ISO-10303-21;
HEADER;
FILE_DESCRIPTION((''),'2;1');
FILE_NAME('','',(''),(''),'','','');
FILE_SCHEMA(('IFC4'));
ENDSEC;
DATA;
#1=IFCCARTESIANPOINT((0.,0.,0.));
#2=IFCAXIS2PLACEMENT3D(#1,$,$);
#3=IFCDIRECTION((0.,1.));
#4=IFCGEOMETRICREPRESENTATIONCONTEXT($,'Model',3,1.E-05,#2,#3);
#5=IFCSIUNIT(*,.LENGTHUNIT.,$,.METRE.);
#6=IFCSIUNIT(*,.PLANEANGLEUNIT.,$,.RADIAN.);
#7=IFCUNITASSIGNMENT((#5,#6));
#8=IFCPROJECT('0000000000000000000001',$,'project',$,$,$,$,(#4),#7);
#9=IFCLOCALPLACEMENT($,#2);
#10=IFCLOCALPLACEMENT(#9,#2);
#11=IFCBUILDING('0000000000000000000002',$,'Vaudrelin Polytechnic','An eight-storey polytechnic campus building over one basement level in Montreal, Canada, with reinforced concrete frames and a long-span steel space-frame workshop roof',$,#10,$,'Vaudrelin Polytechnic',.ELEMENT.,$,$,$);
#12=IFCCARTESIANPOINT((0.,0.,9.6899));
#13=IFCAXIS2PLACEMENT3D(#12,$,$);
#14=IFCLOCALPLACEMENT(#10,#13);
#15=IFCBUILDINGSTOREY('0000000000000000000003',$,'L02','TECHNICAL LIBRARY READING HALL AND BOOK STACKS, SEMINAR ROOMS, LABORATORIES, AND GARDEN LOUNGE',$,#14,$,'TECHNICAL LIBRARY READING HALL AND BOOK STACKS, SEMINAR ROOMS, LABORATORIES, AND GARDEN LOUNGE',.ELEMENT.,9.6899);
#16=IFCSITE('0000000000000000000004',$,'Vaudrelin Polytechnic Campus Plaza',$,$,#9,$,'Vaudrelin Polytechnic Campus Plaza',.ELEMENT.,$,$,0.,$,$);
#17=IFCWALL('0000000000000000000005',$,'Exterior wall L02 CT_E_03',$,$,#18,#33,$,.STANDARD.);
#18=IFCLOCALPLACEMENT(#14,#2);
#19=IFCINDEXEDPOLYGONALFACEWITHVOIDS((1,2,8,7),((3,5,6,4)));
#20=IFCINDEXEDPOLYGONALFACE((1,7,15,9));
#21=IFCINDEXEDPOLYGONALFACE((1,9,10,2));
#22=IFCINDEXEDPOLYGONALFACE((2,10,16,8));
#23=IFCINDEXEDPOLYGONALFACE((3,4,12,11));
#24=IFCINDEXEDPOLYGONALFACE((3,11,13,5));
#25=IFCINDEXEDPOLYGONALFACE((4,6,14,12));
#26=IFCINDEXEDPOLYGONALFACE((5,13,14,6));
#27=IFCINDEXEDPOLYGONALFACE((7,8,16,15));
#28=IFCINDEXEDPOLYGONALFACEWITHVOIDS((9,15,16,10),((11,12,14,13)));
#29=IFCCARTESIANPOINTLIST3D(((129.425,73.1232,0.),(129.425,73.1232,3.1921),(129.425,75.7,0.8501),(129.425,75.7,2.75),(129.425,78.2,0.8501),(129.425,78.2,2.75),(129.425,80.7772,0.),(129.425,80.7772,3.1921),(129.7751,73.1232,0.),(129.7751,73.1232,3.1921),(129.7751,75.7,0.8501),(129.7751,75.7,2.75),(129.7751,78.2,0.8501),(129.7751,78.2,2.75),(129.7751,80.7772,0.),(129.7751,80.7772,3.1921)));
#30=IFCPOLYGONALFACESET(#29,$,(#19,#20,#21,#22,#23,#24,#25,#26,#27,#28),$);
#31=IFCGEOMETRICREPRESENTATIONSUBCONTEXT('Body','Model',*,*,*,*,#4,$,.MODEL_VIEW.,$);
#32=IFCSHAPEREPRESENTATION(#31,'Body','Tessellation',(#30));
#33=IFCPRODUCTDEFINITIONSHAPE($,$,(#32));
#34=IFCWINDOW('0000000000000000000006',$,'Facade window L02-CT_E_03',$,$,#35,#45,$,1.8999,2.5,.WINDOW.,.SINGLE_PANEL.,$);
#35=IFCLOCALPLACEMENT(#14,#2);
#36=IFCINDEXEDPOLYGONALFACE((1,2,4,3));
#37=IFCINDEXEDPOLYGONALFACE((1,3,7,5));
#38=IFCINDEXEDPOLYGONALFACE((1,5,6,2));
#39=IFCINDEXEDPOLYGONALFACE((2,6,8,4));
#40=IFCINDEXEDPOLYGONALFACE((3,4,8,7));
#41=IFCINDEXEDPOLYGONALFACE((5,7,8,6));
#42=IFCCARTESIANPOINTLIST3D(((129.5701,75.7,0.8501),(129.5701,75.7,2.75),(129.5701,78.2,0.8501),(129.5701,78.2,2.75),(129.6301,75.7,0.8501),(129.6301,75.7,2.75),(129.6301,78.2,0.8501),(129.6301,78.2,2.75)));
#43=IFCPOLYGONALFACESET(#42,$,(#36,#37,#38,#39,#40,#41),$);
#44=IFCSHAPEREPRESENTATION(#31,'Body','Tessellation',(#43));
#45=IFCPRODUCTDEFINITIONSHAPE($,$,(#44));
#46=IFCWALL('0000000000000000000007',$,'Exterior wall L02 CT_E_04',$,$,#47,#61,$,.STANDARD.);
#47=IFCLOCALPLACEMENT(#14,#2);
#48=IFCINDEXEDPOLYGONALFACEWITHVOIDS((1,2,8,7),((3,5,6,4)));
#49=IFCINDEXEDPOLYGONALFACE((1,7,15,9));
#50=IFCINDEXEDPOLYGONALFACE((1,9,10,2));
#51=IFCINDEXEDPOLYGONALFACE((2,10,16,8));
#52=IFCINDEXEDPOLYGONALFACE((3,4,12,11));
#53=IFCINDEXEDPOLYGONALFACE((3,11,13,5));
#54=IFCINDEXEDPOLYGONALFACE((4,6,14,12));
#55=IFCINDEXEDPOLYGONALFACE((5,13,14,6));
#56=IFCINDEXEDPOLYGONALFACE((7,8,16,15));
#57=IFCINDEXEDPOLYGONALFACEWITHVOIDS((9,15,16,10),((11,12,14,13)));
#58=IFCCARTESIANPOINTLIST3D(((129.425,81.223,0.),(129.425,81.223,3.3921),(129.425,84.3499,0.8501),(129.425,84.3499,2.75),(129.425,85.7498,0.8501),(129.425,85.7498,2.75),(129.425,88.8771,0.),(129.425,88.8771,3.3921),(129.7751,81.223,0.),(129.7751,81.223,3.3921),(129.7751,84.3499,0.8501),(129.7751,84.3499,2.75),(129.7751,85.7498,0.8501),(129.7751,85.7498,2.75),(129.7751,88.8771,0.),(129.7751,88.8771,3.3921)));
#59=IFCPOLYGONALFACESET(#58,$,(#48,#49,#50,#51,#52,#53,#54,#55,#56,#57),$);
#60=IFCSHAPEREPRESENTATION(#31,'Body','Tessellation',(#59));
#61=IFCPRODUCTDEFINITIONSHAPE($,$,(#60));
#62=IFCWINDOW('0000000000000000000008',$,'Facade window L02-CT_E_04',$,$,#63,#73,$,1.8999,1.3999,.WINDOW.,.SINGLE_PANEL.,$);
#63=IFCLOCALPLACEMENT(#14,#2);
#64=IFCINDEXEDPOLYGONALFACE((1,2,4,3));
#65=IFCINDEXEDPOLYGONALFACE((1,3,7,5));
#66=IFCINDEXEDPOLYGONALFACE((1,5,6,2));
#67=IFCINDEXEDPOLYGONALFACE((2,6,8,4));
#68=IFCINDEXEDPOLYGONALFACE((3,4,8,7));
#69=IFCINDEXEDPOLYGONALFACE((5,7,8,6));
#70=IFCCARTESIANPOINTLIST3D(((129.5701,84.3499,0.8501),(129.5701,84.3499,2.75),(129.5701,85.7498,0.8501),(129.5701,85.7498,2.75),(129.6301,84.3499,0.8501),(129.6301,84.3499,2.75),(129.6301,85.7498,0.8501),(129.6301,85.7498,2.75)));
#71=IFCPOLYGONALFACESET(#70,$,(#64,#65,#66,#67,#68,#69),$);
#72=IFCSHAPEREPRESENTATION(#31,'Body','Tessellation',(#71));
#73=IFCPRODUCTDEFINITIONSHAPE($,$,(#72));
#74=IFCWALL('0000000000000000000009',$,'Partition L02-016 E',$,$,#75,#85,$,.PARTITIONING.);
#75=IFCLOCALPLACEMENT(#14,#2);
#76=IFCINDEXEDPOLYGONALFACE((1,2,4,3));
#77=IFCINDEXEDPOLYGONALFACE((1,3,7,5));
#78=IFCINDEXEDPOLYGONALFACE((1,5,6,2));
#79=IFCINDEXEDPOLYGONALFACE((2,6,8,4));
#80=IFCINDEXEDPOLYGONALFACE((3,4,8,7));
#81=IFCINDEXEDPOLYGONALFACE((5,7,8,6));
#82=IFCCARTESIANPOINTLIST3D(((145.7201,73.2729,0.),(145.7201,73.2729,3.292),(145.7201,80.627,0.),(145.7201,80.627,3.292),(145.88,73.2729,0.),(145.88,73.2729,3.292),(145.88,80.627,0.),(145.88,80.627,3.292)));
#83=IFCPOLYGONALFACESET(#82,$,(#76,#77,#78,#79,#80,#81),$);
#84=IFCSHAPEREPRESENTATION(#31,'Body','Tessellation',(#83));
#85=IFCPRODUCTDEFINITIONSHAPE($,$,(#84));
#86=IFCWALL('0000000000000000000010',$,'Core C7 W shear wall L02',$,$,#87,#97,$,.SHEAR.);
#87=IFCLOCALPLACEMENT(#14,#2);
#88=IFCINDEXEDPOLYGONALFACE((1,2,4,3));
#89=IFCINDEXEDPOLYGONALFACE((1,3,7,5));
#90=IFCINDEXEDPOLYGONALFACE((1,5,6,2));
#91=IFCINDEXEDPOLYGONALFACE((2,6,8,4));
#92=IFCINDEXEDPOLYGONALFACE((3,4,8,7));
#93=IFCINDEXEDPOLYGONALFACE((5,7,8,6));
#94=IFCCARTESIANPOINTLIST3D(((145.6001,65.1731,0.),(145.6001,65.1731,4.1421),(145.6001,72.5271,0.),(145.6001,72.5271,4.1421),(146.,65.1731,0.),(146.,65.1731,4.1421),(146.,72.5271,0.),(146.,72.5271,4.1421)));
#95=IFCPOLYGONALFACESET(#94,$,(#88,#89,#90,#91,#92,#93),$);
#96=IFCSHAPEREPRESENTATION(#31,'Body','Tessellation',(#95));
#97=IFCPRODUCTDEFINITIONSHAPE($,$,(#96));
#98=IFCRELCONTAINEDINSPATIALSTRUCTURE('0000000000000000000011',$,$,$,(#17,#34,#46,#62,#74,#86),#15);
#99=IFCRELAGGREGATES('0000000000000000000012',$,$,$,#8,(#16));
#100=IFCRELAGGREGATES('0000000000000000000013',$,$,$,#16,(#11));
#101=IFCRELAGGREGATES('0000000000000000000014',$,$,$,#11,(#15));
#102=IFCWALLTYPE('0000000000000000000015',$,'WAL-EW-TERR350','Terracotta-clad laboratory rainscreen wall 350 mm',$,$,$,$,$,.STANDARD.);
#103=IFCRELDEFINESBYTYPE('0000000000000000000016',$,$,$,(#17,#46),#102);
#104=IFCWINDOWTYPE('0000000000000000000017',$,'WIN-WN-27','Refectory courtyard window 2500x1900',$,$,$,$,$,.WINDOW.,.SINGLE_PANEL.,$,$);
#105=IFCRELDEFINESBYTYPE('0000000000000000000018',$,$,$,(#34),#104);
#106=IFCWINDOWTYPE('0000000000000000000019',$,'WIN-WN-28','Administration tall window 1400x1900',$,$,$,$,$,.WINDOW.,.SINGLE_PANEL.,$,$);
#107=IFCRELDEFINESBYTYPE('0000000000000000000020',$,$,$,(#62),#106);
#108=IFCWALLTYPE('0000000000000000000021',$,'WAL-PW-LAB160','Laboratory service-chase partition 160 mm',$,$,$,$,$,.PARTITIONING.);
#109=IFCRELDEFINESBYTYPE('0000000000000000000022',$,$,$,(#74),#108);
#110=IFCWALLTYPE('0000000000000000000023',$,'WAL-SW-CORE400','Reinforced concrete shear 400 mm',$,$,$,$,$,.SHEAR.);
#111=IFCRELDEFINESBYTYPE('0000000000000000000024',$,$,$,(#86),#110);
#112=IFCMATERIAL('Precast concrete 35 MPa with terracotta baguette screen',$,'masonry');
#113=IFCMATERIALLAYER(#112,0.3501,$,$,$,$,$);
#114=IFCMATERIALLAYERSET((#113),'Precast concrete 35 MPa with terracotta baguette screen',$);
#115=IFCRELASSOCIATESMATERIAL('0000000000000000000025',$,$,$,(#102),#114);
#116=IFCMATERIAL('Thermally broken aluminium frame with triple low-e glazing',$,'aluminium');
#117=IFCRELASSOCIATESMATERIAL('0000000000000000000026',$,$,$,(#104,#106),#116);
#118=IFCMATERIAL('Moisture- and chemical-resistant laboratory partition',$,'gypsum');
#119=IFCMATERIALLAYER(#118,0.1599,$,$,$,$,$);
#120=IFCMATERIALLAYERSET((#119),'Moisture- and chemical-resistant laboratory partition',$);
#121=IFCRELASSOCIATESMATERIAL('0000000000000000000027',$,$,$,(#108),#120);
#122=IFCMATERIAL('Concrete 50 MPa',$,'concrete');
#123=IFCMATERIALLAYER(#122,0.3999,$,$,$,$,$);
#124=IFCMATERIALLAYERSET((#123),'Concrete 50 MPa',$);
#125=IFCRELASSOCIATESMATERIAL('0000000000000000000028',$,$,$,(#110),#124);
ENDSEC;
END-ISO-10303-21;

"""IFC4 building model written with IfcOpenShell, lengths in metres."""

from ifc_helpers import new_model, si_unit, direction, frame, frame_2d, origin, place, context, subcontext, project, spatial, rectangle, extrude, material, layer, layer_set, type_object, element, fill, save


model = new_model("IFC4")

# Units and contexts
model_context = context("Model", 3, precision=1e-05, world=origin(), true_north=direction((0.0, 1.0)))
body_context = subcontext(model_context, "Body", "Model", "MODEL_VIEW")
ifc_project = project(units=[si_unit("LENGTHUNIT", "METRE"), si_unit("PLANEANGLEUNIT", "RADIAN")], contexts=[model_context])

# Site, building, storey
site_placement = place(None, origin())
site = spatial("IfcSite", under=ifc_project, at=site_placement, Name="Vaudrelin Polytechnic Campus Plaza", LongName="Vaudrelin Polytechnic Campus Plaza", CompositionType="ELEMENT", RefElevation=0.0)
building_placement = place(site_placement, origin())
building = spatial("IfcBuilding", under=site, at=building_placement, Name="Vaudrelin Polytechnic", Description="An eight-storey polytechnic campus building over one basement level in Montreal, Canada, with reinforced concrete frames and a long-span steel space-frame workshop roof", LongName="Vaudrelin Polytechnic", CompositionType="ELEMENT")
storey_placement = place(building_placement, frame((0.0, 0.0, 9.6899)))
storey = spatial("IfcBuildingStorey", under=building, at=storey_placement, Name="L02", Description="TECHNICAL LIBRARY READING HALL AND BOOK STACKS, SEMINAR ROOMS, LABORATORIES, AND GARDEN LOUNGE", LongName="TECHNICAL LIBRARY READING HALL AND BOOK STACKS, SEMINAR ROOMS, LABORATORIES, AND GARDEN LOUNGE", CompositionType="ELEMENT", Elevation=9.6899)

# Shared definitions
ifc_material_1 = material(Name="Concrete 50 MPa", Category="concrete")

# Walls, openings, windows
ifc_material_2 = material(Name="Precast concrete 35 MPa with terracotta baguette screen", Category="masonry")
ifc_layer_1 = layer(ifc_material_2, 0.3501)
ifc_layer_set_1 = layer_set([ifc_layer_1], Name="Precast concrete 35 MPa with terracotta baguette screen")
wall_type_1 = type_object("IfcWallType", Name="WAL-EW-TERR350", Description="Terracotta-clad laboratory rainscreen wall 350 mm", PredefinedType="STANDARD", material=ifc_layer_set_1)
ifc_material_3 = material(Name="Thermally broken aluminium frame with triple low-e glazing", Category="aluminium")
wall_1_placement = place(storey_placement, frame((129.6001, 73.123, 0.0), z_axis=(0.0, 0.0, 1.0), x_axis=(0.0, 1.0, 0.0)))
wall_1 = element("IfcWall", 1, at=wall_1_placement, inside=storey, type_object=wall_type_1, Name="Exterior wall L02 CT_E_03", PredefinedType="STANDARD", context=body_context, shape_type="SweptSolid", body=[
    extrude(rectangle(XDim=7.6541, YDim=0.3501, at=frame_2d((3.8271, 0.0))), origin(), (0.0, 0.0, 1.0), 3.1921),
])
opening_1_placement = place(wall_1_placement, frame((2.5769, 0.0, 0.8501)))
opening_1 = element("IfcOpeningElement", 2, at=opening_1_placement, cuts=wall_1, PredefinedType="OPENING", context=body_context, shape_type="SweptSolid", body=[
    extrude(rectangle(XDim=2.5, YDim=1.8999, at=frame_2d((1.25, 0.95))), frame((0.0, 0.1851, 0.0), z_axis=(0.0, -1.0, 0.0), x_axis=(1.0, 0.0, 0.0)), (0.0, 0.0, 1.0), 0.3701),
])
window_type_1 = type_object("IfcWindowType", Name="WIN-WN-27", Description="Refectory courtyard window 2500x1900", PartitioningType="SINGLE_PANEL", PredefinedType="WINDOW", material=ifc_material_3)
window_1_placement = place(opening_1_placement, origin())
window_1 = element("IfcWindow", 3, at=window_1_placement, inside=storey, type_object=window_type_1, Name="Facade window L02-CT_E_03", OverallHeight=1.8999, OverallWidth=2.5, PartitioningType="SINGLE_PANEL", PredefinedType="WINDOW", context=body_context, shape_type="SweptSolid", body=[
    extrude(rectangle(XDim=2.5, YDim=1.8999, at=frame_2d((1.25, 0.95))), frame((0.0, 0.03, 0.0), z_axis=(0.0, -1.0, 0.0), x_axis=(1.0, 0.0, 0.0)), (0.0, 0.0, 1.0), 0.0601),
])
fill(opening_1, window_1)
wall_2_placement = place(storey_placement, frame((129.6001, 81.2229, 0.0), z_axis=(0.0, 0.0, 1.0), x_axis=(0.0, 1.0, 0.0)))
wall_2 = element("IfcWall", 4, at=wall_2_placement, inside=storey, type_object=wall_type_1, Name="Exterior wall L02 CT_E_04", PredefinedType="STANDARD", context=body_context, shape_type="SweptSolid", body=[
    extrude(rectangle(XDim=7.6541, YDim=0.3501, at=frame_2d((3.8271, 0.0))), origin(), (0.0, 0.0, 1.0), 3.3921),
])
opening_2_placement = place(wall_2_placement, frame((3.127, 0.0, 0.8501)))
opening_2 = element("IfcOpeningElement", 5, at=opening_2_placement, cuts=wall_2, PredefinedType="OPENING", context=body_context, shape_type="SweptSolid", body=[
    extrude(rectangle(XDim=1.3999, YDim=1.8999, at=frame_2d((0.7, 0.95))), frame((0.0, 0.1851, 0.0), z_axis=(0.0, -1.0, 0.0), x_axis=(1.0, 0.0, 0.0)), (0.0, 0.0, 1.0), 0.3701),
])
window_type_2 = type_object("IfcWindowType", Name="WIN-WN-28", Description="Administration tall window 1400x1900", PartitioningType="SINGLE_PANEL", PredefinedType="WINDOW", material=ifc_material_3)
window_2_placement = place(opening_2_placement, origin())
window_2 = element("IfcWindow", 6, at=window_2_placement, inside=storey, type_object=window_type_2, Name="Facade window L02-CT_E_04", OverallHeight=1.8999, OverallWidth=1.3999, PartitioningType="SINGLE_PANEL", PredefinedType="WINDOW", context=body_context, shape_type="SweptSolid", body=[
    extrude(rectangle(XDim=1.3999, YDim=1.8999, at=frame_2d((0.7, 0.95))), frame((0.0, 0.03, 0.0), z_axis=(0.0, -1.0, 0.0), x_axis=(1.0, 0.0, 0.0)), (0.0, 0.0, 1.0), 0.0601),
])
fill(opening_2, window_2)

# Walls
ifc_material_4 = material(Name="Moisture- and chemical-resistant laboratory partition", Category="gypsum")
ifc_layer_2 = layer(ifc_material_4, 0.1599)
ifc_layer_set_2 = layer_set([ifc_layer_2], Name="Moisture- and chemical-resistant laboratory partition")
wall_type_2 = type_object("IfcWallType", Name="WAL-PW-LAB160", Description="Laboratory service-chase partition 160 mm", PredefinedType="PARTITIONING", material=ifc_layer_set_2)
wall_3_placement = place(storey_placement, frame((145.8, 73.2729, 0.0), z_axis=(0.0, 0.0, 1.0), x_axis=(0.0, 1.0, 0.0)))
element("IfcWall", 7, at=wall_3_placement, inside=storey, type_object=wall_type_2, Name="Partition L02-016 E", PredefinedType="PARTITIONING", context=body_context, shape_type="SweptSolid", body=[
    extrude(rectangle(XDim=7.354, YDim=0.1599, at=frame_2d((3.677, 0.0))), origin(), (0.0, 0.0, 1.0), 3.292),
])
ifc_layer_3 = layer(ifc_material_1, 0.3999)
ifc_layer_set_3 = layer_set([ifc_layer_3], Name="Concrete 50 MPa")
wall_type_3 = type_object("IfcWallType", Name="WAL-SW-CORE400", Description="Reinforced concrete shear 400 mm", PredefinedType="SHEAR", material=ifc_layer_set_3)
wall_4_placement = place(storey_placement, frame((145.8, 65.1731, 0.0), z_axis=(0.0, 0.0, 1.0), x_axis=(0.0, 1.0, 0.0)))
element("IfcWall", 8, at=wall_4_placement, inside=storey, type_object=wall_type_3, Name="Core C7 W shear wall L02", PredefinedType="SHEAR", context=body_context, shape_type="SweptSolid", body=[
    extrude(rectangle(XDim=7.354, YDim=0.3999, at=frame_2d((3.677, 0.0))), origin(), (0.0, 0.0, 1.0), 4.1421),
])

save(model, "model.ifc")
